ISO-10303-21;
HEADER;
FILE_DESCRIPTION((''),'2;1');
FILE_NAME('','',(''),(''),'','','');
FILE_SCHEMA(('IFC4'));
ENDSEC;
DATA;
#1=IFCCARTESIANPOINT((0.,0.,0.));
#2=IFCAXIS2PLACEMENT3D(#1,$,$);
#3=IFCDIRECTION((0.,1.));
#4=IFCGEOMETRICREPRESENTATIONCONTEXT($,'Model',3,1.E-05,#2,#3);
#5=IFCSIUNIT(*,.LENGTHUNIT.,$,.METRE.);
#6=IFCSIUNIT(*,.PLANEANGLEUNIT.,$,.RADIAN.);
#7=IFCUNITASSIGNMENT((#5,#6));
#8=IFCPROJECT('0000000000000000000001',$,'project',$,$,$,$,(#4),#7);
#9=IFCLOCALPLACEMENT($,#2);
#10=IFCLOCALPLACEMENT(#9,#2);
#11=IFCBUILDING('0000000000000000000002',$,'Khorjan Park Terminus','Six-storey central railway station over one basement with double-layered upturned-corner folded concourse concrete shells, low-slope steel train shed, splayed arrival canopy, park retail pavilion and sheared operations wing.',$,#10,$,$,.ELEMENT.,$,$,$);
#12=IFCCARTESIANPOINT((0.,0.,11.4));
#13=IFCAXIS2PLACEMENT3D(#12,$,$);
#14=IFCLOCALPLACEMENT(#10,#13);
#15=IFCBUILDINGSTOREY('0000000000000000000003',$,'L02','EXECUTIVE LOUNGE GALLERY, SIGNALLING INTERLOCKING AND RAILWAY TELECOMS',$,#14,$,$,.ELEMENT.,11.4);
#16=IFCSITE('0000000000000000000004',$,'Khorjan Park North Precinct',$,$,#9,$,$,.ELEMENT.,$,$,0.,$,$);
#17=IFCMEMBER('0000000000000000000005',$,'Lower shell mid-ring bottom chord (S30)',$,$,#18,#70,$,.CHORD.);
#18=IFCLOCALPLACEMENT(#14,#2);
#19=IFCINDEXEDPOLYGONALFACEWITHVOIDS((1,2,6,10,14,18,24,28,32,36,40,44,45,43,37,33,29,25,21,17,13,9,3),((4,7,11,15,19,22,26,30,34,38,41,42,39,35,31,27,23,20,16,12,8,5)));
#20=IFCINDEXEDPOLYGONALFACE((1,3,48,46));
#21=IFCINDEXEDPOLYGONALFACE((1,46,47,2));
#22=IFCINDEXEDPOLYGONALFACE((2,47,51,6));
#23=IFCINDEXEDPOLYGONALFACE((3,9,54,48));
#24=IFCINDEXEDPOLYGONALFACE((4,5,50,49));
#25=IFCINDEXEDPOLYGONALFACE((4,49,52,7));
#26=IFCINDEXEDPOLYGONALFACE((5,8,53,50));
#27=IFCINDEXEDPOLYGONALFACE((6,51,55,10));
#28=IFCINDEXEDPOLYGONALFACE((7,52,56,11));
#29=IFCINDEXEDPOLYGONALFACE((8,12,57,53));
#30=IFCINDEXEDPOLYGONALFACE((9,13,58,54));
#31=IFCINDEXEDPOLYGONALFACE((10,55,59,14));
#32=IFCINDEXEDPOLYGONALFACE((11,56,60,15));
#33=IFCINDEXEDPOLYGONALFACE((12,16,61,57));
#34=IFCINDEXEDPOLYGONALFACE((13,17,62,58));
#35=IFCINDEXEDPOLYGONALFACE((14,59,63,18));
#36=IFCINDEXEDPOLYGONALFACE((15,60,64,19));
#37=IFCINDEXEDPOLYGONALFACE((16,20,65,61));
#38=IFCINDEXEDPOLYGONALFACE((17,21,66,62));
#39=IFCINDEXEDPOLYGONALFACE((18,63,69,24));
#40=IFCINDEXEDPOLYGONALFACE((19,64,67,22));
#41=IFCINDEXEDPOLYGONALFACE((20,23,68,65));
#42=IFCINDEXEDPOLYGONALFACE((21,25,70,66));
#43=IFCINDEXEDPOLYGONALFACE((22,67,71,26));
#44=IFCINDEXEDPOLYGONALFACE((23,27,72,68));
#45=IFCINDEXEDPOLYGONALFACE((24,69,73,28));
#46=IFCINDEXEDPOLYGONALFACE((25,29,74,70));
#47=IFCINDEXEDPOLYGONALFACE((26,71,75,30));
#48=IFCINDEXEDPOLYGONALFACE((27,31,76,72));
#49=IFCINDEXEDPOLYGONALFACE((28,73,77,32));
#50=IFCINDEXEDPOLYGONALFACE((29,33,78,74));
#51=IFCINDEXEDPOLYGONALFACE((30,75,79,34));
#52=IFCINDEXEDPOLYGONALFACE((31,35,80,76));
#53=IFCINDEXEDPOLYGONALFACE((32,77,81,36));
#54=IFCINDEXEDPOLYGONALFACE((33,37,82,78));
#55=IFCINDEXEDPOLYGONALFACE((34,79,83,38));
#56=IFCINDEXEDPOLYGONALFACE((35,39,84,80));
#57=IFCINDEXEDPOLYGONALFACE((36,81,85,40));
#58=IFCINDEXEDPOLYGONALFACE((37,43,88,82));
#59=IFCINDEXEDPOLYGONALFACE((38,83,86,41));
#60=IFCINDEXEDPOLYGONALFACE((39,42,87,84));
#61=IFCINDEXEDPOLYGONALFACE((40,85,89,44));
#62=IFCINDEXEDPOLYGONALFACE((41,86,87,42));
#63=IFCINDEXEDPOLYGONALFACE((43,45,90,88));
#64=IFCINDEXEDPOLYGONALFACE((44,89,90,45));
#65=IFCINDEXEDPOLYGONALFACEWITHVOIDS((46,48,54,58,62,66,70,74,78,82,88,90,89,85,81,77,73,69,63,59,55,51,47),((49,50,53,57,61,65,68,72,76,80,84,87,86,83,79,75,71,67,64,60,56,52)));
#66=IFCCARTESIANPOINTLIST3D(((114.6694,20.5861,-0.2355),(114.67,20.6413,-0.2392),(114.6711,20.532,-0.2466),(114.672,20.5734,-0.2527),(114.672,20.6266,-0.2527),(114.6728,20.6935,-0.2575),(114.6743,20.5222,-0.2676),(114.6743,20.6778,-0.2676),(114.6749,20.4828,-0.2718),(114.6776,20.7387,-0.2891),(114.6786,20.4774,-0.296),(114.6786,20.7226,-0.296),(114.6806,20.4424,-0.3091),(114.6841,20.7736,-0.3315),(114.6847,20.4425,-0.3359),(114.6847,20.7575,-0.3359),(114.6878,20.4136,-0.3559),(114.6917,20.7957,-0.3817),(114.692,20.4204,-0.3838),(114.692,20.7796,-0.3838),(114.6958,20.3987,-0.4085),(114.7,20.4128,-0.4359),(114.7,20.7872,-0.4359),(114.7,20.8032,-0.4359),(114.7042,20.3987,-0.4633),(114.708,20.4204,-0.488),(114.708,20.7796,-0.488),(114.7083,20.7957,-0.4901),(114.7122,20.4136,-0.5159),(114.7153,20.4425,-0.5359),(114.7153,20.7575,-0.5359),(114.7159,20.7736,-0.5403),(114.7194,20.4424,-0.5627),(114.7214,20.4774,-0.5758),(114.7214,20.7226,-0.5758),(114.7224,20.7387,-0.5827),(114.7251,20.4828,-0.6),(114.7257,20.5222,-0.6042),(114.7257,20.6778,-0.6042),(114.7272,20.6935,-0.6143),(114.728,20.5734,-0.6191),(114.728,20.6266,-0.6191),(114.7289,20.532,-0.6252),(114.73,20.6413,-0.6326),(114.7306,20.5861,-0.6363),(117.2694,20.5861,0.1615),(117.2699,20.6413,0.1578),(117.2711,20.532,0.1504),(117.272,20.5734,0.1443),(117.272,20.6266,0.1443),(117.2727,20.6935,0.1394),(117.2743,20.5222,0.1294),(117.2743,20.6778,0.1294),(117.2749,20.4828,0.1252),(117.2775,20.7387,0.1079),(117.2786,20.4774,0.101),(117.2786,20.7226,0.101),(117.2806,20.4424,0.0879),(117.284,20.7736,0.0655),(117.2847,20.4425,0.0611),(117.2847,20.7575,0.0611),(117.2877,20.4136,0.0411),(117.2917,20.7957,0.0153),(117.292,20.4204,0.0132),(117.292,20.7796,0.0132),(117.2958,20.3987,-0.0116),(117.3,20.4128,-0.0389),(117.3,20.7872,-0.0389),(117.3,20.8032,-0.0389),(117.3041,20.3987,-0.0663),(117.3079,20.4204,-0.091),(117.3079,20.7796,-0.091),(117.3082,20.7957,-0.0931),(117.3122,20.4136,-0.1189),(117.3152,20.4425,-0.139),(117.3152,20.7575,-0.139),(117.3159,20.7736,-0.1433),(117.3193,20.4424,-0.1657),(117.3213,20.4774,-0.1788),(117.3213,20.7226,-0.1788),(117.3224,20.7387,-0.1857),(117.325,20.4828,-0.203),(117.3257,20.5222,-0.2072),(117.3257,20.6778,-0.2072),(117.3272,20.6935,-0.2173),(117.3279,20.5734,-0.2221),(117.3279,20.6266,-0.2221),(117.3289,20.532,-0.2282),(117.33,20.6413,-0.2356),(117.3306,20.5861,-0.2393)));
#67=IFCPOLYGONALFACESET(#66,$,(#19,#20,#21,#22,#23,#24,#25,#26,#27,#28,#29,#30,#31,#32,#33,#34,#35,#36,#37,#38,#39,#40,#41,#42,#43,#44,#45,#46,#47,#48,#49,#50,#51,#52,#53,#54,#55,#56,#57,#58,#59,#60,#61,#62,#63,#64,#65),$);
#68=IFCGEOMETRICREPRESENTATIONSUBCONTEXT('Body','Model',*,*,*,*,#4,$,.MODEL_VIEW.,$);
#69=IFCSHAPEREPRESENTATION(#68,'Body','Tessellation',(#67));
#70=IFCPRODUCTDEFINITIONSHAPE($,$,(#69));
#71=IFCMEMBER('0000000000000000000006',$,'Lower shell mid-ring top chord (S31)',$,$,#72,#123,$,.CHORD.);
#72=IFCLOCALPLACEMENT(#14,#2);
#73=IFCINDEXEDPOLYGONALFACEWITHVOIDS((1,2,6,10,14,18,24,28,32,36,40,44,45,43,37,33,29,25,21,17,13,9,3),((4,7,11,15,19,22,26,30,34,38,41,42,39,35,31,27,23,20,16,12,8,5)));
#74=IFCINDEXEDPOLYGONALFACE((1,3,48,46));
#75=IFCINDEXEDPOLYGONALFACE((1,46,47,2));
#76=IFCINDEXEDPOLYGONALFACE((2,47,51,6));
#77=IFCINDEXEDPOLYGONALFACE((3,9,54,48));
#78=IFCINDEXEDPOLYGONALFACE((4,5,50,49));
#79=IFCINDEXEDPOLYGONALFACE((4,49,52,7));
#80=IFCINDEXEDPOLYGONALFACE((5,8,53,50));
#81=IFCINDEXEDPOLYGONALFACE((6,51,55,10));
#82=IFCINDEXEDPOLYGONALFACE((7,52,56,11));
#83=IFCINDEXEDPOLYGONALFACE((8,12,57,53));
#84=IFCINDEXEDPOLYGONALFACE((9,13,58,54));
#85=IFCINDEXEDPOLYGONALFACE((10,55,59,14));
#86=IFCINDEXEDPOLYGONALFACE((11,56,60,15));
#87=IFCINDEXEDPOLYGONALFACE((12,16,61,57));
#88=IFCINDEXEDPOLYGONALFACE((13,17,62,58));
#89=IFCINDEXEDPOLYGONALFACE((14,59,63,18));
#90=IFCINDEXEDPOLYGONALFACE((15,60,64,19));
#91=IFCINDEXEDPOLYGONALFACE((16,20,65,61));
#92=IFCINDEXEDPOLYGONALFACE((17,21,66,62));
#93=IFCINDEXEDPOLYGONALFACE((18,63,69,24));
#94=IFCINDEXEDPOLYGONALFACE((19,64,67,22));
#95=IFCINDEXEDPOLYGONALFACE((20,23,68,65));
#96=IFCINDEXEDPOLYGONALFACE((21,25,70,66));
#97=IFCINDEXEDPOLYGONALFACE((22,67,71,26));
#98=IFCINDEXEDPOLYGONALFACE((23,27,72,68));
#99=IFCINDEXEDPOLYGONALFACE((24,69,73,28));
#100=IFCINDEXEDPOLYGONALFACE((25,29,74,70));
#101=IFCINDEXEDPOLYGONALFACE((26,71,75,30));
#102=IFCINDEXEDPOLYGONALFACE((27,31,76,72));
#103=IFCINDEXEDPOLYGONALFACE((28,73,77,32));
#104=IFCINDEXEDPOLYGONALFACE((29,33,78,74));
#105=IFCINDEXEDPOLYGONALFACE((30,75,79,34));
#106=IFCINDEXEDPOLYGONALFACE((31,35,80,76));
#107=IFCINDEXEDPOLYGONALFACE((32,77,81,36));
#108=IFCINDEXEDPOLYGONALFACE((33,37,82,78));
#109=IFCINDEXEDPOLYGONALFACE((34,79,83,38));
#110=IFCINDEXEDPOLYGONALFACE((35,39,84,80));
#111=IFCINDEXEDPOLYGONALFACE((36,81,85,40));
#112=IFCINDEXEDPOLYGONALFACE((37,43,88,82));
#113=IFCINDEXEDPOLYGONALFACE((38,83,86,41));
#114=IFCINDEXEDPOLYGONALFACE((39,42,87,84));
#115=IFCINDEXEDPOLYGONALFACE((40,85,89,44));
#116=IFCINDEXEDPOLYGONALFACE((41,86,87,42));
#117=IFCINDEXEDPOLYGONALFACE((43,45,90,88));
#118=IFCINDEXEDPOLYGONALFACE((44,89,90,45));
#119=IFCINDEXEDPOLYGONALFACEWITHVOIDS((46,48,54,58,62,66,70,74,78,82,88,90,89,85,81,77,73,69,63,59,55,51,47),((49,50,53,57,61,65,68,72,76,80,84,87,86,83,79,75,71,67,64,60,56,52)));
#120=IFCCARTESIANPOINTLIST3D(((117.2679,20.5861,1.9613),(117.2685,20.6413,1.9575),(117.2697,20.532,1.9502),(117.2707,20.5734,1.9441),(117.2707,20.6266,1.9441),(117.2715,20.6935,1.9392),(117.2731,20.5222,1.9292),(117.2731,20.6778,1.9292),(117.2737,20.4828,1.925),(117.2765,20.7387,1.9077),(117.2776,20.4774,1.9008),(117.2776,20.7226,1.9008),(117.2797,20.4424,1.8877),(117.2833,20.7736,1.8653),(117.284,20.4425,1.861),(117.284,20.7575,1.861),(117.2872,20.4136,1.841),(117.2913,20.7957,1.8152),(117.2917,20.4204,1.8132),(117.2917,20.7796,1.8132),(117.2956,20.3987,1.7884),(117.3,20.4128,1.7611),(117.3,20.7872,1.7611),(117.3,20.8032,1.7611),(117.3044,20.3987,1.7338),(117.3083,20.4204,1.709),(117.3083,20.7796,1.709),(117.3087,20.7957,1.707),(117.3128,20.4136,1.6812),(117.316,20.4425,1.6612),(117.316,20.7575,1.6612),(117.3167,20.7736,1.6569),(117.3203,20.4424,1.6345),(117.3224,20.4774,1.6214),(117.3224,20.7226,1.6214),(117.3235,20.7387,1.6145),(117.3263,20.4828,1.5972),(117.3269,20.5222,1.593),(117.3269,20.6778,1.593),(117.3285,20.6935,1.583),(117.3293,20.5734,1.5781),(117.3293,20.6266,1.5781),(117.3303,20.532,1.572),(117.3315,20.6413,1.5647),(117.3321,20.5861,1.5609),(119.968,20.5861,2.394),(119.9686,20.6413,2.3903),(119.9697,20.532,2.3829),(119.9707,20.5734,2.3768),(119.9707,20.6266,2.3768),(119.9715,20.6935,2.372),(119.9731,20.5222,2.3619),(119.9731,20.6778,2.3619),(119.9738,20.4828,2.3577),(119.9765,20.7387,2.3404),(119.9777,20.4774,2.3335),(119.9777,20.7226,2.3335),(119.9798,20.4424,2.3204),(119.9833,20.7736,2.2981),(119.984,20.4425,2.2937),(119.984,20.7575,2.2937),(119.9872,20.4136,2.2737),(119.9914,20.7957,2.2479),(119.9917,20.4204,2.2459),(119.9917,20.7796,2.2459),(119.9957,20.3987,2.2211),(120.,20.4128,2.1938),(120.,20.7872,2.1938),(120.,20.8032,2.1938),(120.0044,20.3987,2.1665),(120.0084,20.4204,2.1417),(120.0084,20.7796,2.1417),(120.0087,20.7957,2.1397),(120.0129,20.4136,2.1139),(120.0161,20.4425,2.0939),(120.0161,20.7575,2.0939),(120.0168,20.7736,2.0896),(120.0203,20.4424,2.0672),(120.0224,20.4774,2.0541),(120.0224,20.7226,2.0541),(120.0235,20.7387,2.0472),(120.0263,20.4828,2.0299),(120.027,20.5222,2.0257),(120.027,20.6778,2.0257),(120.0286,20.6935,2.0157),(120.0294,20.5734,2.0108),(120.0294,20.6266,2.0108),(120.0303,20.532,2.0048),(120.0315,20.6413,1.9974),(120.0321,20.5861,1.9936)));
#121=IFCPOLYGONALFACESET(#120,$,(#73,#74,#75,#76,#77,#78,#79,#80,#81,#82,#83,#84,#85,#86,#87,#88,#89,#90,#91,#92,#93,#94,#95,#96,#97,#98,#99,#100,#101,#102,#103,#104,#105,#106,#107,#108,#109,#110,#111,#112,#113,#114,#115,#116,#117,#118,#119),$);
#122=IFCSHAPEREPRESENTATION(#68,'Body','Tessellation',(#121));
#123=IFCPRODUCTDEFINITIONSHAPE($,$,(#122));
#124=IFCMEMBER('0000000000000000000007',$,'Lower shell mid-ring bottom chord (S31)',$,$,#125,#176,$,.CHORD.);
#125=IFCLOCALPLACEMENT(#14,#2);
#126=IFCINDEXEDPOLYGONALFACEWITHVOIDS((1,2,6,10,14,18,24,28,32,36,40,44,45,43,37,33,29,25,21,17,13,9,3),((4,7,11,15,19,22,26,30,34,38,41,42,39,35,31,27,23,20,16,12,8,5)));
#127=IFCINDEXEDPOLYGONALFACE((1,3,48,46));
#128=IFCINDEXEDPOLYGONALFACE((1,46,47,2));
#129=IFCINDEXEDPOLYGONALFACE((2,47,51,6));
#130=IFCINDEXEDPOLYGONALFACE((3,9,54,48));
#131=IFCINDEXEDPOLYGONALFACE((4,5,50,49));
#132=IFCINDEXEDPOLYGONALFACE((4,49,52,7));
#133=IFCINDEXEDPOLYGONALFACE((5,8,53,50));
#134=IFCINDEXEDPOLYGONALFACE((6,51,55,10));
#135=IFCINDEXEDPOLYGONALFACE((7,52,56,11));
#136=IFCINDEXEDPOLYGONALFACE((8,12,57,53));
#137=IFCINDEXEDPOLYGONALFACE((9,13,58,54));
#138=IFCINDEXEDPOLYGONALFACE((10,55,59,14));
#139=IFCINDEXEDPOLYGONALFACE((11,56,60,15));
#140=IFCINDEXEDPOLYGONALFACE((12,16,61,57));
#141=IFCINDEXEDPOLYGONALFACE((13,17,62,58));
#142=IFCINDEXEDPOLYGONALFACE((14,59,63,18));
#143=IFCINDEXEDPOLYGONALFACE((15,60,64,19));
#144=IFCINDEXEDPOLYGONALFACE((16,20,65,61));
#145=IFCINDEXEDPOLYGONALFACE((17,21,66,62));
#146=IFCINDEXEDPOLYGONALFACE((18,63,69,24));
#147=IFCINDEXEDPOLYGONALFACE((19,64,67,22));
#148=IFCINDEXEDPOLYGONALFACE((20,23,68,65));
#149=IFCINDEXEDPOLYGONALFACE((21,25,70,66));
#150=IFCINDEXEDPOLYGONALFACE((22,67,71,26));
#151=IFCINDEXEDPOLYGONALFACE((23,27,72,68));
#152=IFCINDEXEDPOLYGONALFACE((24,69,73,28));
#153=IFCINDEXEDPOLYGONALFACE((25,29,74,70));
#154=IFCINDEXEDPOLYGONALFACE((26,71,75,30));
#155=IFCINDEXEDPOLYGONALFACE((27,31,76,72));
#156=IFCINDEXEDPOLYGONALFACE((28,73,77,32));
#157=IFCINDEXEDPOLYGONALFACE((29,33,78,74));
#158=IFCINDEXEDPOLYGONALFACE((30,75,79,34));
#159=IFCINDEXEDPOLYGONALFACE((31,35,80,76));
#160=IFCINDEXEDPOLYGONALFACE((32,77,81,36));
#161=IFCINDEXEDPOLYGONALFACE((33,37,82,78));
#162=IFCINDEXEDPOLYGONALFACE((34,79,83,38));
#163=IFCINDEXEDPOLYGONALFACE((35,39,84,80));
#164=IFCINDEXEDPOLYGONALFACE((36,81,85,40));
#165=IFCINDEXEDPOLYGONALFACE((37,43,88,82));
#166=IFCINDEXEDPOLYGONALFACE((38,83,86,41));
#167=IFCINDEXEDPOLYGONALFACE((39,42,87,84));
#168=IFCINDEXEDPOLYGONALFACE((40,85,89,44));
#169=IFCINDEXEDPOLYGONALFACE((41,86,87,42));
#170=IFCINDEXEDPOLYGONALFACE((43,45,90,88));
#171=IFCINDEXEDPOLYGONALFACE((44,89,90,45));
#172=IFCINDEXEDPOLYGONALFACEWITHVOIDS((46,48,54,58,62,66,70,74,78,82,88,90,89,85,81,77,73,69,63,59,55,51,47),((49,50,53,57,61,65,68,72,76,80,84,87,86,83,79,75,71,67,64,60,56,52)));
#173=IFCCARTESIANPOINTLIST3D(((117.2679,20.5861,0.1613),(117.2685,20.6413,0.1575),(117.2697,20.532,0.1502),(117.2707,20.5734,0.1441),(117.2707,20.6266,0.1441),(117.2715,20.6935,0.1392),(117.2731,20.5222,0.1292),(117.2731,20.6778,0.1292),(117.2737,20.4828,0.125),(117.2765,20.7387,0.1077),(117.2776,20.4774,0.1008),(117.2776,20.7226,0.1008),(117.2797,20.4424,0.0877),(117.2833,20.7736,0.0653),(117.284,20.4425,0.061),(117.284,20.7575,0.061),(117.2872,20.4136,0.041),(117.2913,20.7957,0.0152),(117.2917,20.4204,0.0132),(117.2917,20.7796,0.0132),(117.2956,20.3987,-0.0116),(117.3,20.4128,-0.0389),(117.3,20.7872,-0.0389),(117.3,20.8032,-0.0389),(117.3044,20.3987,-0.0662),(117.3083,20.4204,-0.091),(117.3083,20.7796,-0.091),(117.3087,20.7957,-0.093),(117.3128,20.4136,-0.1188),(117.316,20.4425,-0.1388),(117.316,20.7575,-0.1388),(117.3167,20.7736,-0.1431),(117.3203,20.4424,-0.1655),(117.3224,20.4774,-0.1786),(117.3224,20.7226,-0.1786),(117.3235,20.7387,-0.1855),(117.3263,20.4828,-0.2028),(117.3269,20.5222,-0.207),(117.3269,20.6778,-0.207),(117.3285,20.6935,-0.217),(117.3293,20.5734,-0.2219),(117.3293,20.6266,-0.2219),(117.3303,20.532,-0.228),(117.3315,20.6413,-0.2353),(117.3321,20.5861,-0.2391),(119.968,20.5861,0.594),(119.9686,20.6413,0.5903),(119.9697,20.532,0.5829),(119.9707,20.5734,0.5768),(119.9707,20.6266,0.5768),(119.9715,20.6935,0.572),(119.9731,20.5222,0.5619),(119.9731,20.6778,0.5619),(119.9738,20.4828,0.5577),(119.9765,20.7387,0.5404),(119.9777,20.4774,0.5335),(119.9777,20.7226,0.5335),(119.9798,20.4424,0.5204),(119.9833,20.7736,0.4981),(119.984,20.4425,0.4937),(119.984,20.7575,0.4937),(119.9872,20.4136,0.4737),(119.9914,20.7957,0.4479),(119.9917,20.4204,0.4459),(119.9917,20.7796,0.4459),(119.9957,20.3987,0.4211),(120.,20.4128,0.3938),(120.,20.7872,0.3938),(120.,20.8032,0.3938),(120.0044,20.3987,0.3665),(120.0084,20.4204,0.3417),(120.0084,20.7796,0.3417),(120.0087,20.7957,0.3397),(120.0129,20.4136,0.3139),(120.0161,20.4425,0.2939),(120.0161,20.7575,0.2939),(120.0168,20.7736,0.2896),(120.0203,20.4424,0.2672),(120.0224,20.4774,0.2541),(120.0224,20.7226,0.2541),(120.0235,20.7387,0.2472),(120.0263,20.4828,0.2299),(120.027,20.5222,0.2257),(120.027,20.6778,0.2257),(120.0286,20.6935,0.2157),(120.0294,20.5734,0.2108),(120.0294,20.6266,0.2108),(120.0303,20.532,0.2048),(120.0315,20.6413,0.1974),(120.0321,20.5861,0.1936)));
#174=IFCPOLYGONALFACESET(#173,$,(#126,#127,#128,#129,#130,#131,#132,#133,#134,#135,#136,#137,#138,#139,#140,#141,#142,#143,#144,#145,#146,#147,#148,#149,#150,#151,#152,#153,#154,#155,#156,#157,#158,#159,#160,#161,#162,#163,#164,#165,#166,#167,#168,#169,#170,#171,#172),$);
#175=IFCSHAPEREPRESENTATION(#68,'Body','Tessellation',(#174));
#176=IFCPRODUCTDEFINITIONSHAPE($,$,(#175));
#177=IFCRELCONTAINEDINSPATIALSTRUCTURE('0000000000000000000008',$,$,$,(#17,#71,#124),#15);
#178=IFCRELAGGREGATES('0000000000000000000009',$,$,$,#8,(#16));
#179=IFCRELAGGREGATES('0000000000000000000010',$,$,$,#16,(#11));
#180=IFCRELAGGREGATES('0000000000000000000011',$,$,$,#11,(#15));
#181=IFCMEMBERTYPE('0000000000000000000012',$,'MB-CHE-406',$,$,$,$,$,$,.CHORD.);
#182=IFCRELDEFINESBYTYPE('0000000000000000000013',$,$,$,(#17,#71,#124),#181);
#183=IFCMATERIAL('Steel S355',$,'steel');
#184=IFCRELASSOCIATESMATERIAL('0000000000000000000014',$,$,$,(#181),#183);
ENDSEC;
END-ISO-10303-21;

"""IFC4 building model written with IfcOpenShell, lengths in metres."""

from ifc_helpers import new_model, si_unit, direction, frame, origin, origin_2d, place, context, subcontext, project, spatial, hollow_circle, extrude, material, material_profile, profile_set, type_object, element, save


model = new_model("IFC4")

# Units and contexts
model_context = context("Model", 3, precision=1e-05, world=origin(), true_north=direction((0.0, 1.0)))
body_context = subcontext(model_context, "Body", "Model", "MODEL_VIEW")
ifc_project = project(units=[si_unit("LENGTHUNIT", "METRE"), si_unit("PLANEANGLEUNIT", "RADIAN")], contexts=[model_context])

# Site, building, storey
site_placement = place(None, origin())
site = spatial("IfcSite", under=ifc_project, at=site_placement, Name="Khorjan Park North Precinct", CompositionType="ELEMENT", RefElevation=0.0)
building_placement = place(site_placement, origin())
building = spatial("IfcBuilding", under=site, at=building_placement, Name="Khorjan Park Terminus", Description="Six-storey central railway station over one basement with double-layered upturned-corner folded concourse concrete shells, low-slope steel train shed, splayed arrival canopy, park retail pavilion and sheared operations wing.", CompositionType="ELEMENT")
storey_placement = place(building_placement, frame((0.0, 0.0, 11.4)))
storey = spatial("IfcBuildingStorey", under=building, at=storey_placement, Name="L02", Description="EXECUTIVE LOUNGE GALLERY, SIGNALLING INTERLOCKING AND RAILWAY TELECOMS", CompositionType="ELEMENT", Elevation=11.4)

# Members
ifc_material_1 = material(Name="Steel S355", Category="steel")
ifc_material_profile_1 = material_profile(ifc_material_1, hollow_circle(Radius=0.2032, WallThickness=0.016, at=origin_2d()), Name="CHS 406.4x16")
ifc_profile_set_1 = profile_set([ifc_material_profile_1], Name="Steel S355")
member_type_1 = type_object("IfcMemberType", Name="MB-CHE-406", PredefinedType="CHORD", material=ifc_profile_set_1)
for number, where, z_axis, x_axis, name in (
    (1, (114.7, 20.6, -0.4359), (0.988542, 0.0, 0.150943), (0.0, 1.0, 0.0), "Lower shell mid-ring bottom chord (S30)"),
):
    element("IfcMember", number, at=place(storey_placement, frame(where, z_axis=z_axis, x_axis=x_axis)), inside=storey, type_object=member_type_1, Name=name, PredefinedType="CHORD", context=body_context, shape_type="SweptSolid", body=[
        extrude(hollow_circle(Radius=0.2032, WallThickness=0.016, at=origin_2d()), origin(), (0.0, 0.0, 1.0), 2.6301),
    ])
for number, where, z_axis, x_axis, name in (
    (2, (117.3, 20.6, 1.7611), (0.987401, 0.0, 0.15824), (0.0, 1.0, 0.0), "Lower shell mid-ring top chord (S31)"),
    (3, (117.3, 20.6, -0.0389), (0.987401, 0.0, 0.15824), (0.0, 1.0, 0.0), "Lower shell mid-ring bottom chord (S31)"),
):
    element("IfcMember", number, at=place(storey_placement, frame(where, z_axis=z_axis, x_axis=x_axis)), inside=storey, type_object=member_type_1, Name=name, PredefinedType="CHORD", context=body_context, shape_type="SweptSolid", body=[
        extrude(hollow_circle(Radius=0.2032, WallThickness=0.016, at=origin_2d()), origin(), (0.0, 0.0, 1.0), 2.7345),
    ])

save(model, "model.ifc")
